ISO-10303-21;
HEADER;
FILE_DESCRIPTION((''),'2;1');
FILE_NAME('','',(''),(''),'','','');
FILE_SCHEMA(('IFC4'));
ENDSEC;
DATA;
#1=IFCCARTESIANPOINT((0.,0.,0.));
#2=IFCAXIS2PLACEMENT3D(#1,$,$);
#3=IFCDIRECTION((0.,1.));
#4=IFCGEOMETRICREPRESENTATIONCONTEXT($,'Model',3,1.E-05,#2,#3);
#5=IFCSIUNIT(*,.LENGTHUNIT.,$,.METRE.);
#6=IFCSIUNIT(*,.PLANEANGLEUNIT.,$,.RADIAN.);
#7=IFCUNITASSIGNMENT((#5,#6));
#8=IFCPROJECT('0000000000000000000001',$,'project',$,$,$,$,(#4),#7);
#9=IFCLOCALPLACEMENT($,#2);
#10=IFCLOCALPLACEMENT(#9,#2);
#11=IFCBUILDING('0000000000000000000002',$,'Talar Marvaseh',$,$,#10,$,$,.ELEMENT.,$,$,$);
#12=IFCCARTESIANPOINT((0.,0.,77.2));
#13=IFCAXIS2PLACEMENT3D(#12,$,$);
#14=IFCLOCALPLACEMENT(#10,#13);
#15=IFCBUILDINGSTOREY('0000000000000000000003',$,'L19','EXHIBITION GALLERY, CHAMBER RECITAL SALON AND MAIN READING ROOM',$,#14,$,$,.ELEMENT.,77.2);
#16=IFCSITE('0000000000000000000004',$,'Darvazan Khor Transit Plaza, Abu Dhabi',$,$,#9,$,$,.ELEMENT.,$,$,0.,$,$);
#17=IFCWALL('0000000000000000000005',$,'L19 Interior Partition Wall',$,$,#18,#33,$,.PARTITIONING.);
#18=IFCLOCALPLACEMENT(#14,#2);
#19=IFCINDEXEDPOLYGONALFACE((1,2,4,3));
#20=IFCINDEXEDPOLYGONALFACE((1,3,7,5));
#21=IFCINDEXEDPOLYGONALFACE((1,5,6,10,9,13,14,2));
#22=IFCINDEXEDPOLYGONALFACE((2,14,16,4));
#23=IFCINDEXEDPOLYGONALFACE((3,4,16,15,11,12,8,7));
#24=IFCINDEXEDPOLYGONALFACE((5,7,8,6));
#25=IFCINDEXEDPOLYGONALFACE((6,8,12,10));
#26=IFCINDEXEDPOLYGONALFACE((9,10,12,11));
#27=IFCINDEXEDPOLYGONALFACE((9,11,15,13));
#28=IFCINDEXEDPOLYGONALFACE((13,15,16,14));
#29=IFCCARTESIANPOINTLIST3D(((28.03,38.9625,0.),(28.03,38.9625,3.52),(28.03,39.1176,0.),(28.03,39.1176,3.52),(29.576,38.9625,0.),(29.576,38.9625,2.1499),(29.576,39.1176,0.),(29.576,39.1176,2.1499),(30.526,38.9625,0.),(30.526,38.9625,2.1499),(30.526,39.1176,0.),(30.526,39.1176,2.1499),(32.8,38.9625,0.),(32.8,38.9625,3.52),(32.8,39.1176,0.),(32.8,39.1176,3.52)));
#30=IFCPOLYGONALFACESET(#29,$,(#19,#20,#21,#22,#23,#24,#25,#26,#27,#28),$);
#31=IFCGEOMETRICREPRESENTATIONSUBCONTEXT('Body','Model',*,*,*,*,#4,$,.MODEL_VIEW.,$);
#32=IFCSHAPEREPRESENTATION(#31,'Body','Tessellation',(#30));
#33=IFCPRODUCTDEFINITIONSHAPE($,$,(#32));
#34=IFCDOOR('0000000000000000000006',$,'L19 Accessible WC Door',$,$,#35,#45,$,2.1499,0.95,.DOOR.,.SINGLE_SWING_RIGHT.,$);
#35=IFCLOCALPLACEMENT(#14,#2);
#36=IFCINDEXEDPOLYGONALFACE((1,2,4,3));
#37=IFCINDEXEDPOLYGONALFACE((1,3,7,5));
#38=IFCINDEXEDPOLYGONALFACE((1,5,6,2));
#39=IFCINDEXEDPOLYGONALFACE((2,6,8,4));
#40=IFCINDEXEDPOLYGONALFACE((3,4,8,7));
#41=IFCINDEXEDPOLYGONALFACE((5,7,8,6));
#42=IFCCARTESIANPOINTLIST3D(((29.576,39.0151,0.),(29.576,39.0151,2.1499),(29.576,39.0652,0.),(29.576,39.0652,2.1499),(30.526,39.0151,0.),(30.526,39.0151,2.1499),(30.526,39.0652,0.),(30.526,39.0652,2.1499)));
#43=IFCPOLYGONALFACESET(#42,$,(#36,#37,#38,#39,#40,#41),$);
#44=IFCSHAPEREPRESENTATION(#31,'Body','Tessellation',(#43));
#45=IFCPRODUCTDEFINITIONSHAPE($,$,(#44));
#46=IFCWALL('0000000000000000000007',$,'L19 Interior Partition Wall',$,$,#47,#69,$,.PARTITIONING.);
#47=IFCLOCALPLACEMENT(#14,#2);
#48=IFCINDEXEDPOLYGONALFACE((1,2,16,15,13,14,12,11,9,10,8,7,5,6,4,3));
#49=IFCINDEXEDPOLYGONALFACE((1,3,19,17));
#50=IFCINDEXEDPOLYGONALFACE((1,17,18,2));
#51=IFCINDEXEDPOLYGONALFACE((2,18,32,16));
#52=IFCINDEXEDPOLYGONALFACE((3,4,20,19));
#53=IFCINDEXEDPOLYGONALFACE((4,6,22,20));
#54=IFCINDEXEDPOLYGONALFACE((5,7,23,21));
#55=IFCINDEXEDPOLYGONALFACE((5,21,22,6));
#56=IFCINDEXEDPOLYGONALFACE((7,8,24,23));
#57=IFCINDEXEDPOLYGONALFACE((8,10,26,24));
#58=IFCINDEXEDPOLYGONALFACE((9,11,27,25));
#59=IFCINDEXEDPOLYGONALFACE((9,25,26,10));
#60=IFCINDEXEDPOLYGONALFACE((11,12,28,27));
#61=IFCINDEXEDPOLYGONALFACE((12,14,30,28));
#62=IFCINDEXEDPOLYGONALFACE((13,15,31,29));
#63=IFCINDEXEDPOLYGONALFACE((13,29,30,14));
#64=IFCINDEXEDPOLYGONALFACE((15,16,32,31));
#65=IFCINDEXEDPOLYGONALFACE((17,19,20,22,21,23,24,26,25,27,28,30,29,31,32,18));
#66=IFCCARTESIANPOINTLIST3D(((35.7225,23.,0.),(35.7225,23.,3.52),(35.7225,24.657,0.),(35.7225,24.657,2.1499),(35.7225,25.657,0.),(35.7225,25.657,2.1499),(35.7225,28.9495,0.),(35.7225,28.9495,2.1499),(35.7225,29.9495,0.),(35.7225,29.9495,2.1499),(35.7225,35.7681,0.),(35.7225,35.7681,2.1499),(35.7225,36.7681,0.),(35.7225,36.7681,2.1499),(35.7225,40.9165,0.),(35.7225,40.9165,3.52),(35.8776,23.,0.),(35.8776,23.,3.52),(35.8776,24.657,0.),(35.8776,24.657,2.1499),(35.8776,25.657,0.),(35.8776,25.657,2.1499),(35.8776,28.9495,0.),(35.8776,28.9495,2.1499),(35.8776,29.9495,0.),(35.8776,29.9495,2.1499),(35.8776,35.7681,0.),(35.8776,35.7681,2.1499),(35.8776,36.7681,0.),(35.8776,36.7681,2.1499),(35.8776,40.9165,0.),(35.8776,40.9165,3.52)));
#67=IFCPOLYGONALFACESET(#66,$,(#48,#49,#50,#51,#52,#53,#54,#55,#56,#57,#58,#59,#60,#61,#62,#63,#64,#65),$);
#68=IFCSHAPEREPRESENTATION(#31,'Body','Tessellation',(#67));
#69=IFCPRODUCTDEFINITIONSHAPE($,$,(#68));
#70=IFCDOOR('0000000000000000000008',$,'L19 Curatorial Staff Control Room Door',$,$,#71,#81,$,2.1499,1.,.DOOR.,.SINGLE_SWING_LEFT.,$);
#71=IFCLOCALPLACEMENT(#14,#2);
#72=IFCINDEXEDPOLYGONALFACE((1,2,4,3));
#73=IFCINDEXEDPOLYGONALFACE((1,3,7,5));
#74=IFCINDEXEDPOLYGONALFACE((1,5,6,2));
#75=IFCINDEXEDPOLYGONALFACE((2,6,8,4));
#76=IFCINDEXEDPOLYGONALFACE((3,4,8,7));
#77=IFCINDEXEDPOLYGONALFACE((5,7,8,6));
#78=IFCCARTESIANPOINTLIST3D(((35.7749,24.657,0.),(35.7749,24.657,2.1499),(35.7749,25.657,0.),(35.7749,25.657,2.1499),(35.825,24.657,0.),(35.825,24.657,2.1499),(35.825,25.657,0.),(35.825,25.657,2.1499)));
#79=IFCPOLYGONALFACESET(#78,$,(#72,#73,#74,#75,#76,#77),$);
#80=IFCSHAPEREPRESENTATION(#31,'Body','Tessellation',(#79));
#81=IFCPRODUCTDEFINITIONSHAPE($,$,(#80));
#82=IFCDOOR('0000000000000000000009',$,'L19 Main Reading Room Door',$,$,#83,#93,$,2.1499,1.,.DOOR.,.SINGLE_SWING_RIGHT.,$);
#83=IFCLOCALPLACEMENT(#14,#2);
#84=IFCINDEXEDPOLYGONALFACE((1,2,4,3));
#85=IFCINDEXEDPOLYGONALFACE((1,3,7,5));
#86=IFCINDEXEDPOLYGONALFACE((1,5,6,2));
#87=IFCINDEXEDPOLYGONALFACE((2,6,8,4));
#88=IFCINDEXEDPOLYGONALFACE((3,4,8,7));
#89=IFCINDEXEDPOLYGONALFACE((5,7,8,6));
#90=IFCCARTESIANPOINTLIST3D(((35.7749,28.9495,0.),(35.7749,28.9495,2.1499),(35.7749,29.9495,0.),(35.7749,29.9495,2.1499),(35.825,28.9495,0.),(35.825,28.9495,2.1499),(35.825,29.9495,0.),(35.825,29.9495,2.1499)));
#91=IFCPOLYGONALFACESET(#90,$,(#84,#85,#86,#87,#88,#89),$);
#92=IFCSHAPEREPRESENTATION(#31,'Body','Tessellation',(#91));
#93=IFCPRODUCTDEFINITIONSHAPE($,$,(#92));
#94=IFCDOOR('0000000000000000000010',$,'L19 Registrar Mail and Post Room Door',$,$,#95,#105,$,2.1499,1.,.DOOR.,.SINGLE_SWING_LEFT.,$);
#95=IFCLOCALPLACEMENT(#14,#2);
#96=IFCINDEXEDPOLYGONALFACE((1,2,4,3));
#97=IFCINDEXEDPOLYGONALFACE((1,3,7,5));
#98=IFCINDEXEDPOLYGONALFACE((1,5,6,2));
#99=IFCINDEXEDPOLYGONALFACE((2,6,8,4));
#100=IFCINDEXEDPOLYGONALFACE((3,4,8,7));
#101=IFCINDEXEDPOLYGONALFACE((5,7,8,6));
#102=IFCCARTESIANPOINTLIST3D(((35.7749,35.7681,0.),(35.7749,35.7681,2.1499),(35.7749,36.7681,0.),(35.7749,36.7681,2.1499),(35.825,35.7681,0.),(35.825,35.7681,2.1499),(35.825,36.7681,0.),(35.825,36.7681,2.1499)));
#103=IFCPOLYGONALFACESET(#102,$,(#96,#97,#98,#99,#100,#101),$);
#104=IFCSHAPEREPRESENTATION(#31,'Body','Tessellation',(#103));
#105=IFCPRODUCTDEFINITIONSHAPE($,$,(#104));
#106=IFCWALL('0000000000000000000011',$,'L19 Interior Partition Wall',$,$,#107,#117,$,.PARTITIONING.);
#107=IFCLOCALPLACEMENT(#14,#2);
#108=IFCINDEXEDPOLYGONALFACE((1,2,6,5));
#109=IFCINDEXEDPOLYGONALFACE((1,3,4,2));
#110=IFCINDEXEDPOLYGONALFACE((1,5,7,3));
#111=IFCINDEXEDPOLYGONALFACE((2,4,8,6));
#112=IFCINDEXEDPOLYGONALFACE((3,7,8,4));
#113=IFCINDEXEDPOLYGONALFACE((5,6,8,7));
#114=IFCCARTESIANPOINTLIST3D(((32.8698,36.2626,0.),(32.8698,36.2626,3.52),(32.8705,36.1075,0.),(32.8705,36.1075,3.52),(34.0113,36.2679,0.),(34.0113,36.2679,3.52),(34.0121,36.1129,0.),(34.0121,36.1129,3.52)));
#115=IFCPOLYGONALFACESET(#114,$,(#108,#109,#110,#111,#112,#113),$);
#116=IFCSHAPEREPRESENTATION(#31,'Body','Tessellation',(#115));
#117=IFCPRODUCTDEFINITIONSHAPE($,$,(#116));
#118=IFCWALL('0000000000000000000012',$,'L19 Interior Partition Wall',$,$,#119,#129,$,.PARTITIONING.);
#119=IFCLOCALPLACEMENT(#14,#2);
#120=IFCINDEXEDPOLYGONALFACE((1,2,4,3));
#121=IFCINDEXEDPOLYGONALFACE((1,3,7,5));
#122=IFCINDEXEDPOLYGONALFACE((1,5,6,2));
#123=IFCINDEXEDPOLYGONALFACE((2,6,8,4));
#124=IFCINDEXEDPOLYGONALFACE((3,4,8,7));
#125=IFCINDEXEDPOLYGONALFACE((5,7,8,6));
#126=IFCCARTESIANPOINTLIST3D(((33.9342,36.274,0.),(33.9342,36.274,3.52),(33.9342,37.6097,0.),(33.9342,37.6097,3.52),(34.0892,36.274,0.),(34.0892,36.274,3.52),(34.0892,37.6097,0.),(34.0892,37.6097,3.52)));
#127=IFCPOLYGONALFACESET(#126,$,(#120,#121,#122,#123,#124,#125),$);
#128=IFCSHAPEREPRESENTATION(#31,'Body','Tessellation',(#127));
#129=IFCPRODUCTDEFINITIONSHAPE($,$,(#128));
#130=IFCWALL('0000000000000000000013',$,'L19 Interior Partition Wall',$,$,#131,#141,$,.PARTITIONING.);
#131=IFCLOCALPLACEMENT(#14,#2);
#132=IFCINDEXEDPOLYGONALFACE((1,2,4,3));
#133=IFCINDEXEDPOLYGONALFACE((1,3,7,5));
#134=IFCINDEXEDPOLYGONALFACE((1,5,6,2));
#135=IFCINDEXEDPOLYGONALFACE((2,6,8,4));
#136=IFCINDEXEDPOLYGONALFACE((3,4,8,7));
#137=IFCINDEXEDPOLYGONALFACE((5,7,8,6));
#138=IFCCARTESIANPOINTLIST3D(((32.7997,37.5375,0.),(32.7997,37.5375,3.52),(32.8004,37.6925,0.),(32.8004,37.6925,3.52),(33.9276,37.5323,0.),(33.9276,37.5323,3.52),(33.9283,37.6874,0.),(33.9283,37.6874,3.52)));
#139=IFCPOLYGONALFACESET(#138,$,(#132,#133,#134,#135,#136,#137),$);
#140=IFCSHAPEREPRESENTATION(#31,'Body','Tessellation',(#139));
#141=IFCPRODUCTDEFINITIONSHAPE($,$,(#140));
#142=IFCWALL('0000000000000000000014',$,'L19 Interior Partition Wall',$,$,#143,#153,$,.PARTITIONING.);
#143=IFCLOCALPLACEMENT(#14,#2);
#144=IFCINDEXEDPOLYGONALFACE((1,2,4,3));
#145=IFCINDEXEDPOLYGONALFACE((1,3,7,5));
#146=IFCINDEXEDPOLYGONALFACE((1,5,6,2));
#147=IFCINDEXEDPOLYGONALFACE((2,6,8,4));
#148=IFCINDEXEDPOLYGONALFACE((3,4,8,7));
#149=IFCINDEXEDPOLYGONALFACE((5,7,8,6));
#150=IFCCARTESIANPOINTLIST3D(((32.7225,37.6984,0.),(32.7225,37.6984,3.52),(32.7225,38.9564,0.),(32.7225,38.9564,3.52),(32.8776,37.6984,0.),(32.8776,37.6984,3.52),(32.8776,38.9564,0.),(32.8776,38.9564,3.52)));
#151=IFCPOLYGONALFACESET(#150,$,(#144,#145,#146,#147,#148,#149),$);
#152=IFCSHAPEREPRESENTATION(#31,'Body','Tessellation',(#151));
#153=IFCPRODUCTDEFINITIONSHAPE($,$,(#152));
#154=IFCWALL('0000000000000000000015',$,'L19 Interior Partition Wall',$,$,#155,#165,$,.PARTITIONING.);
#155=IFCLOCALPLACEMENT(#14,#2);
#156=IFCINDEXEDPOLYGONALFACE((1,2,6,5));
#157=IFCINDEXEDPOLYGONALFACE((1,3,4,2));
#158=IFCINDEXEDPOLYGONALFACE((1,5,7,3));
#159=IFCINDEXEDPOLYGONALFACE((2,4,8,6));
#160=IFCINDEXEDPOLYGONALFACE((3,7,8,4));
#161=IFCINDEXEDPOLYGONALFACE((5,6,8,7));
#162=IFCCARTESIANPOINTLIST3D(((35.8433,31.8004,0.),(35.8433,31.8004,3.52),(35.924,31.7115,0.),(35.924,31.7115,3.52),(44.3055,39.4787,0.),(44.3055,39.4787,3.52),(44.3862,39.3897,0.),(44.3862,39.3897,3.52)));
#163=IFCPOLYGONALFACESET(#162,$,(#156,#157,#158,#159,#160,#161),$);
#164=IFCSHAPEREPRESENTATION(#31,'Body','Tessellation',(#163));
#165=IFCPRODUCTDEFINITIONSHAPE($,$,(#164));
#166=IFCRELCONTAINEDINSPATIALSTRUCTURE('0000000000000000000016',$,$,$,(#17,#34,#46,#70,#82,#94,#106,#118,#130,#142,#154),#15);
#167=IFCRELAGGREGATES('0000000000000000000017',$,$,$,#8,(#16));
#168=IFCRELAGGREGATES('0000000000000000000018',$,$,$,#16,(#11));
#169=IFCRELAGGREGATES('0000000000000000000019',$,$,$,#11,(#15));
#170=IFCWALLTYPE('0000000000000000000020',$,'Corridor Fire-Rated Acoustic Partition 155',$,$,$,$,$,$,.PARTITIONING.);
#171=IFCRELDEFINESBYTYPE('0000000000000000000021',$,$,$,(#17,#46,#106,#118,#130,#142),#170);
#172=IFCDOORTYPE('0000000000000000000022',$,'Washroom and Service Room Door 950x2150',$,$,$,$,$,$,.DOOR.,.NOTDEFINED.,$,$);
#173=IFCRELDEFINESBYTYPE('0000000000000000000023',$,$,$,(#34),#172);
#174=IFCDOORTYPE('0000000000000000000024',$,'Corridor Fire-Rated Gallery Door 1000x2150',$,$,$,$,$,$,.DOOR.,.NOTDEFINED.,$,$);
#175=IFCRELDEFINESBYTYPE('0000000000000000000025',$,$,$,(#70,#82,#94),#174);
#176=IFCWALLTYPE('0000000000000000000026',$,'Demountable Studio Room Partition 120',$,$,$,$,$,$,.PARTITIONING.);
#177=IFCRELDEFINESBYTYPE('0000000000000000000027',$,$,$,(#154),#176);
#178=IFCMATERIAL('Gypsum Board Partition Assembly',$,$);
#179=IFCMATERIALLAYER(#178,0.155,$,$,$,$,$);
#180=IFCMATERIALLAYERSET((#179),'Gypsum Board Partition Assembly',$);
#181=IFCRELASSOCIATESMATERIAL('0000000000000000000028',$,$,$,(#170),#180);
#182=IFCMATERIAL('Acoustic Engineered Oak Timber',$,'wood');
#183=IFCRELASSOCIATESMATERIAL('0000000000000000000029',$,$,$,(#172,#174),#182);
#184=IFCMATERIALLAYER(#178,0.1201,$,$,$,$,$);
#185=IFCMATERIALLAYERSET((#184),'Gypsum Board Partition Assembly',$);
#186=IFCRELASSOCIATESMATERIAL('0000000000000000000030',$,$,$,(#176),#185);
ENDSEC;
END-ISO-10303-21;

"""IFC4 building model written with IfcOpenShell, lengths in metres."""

from ifc_helpers import new_model, si_unit, direction, frame, frame_2d, origin, place, context, subcontext, project, spatial, rectangle, extrude, source, transform, mapped, material, layer, layer_set, type_object, type_shapes, element, fill, save


model = new_model("IFC4")

# Units and contexts
model_context = context("Model", 3, precision=1e-05, world=origin(), true_north=direction((0.0, 1.0)))
body_context = subcontext(model_context, "Body", "Model", "MODEL_VIEW")
ifc_project = project(units=[si_unit("LENGTHUNIT", "METRE"), si_unit("PLANEANGLEUNIT", "RADIAN")], contexts=[model_context])

# Site, building, storey
site_placement = place(None, origin())
site = spatial("IfcSite", under=ifc_project, at=site_placement, Name="Darvazan Khor Transit Plaza, Abu Dhabi", CompositionType="ELEMENT", RefElevation=0.0)
building_placement = place(site_placement, origin())
building = spatial("IfcBuilding", under=site, at=building_placement, Name="Talar Marvaseh", CompositionType="ELEMENT")
storey_placement = place(building_placement, frame((0.0, 0.0, 77.2)))
storey = spatial("IfcBuildingStorey", under=building, at=storey_placement, Name="L19", Description="EXHIBITION GALLERY, CHAMBER RECITAL SALON AND MAIN READING ROOM", CompositionType="ELEMENT", Elevation=77.2)

# Wall, opening, door
ifc_material_1 = material(Name="Gypsum Board Partition Assembly")
ifc_layer_1 = layer(ifc_material_1, 0.155)
ifc_layer_set_1 = layer_set([ifc_layer_1], Name="Gypsum Board Partition Assembly")
wall_type_1 = type_object("IfcWallType", Name="Corridor Fire-Rated Acoustic Partition 155", PredefinedType="PARTITIONING", material=ifc_layer_set_1)
wall_1_placement = place(storey_placement, frame((32.8, 39.04, 0.0), z_axis=(0.0, 0.0, 1.0), x_axis=(-1.0, 0.0, 0.0)))
wall_1 = element("IfcWall", 1, at=wall_1_placement, inside=storey, type_object=wall_type_1, Name="L19 Interior Partition Wall", PredefinedType="PARTITIONING", context=body_context, shape_type="SweptSolid", body=[
    extrude(rectangle(XDim=4.77, YDim=0.155, at=frame_2d((2.385, 0.0))), origin(), (0.0, 0.0, 1.0), 3.52),
])
opening_1_placement = place(wall_1_placement, frame((2.2739, 0.0, 0.0)))
opening_1 = element("IfcOpeningElement", 2, at=opening_1_placement, cuts=wall_1, PredefinedType="OPENING", context=body_context, shape_type="SweptSolid", body=[
    extrude(rectangle(XDim=0.95, YDim=2.1499, at=frame_2d((0.4751, 1.075))), frame((0.0, 0.0874, 0.0), z_axis=(0.0, -1.0, 0.0), x_axis=(1.0, 0.0, 0.0)), (0.0, 0.0, 1.0), 0.175),
])
ifc_material_2 = material(Name="Acoustic Engineered Oak Timber", Category="wood")
door_type_1 = type_object("IfcDoorType", Name="Washroom and Service Room Door 950x2150", OperationType="NOTDEFINED", PredefinedType="DOOR", material=ifc_material_2)
shared_shape_1 = source(origin(), body_context, "Body", "SweptSolid", [
    extrude(rectangle(XDim=0.95, YDim=2.1499, at=frame_2d((0.4751, 1.075))), frame((0.0, 0.0249, 0.0), z_axis=(0.0, -1.0, 0.0), x_axis=(1.0, 0.0, 0.0)), (0.0, 0.0, 1.0), 0.05),
])
type_shapes(door_type_1, [shared_shape_1])
door_1_placement = place(opening_1_placement, origin())
door_1 = element("IfcDoor", 3, at=door_1_placement, inside=storey, type_object=door_type_1, Name="L19 Accessible WC Door", OperationType="SINGLE_SWING_RIGHT", OverallHeight=2.1499, OverallWidth=0.95, PredefinedType="DOOR", context=body_context, shape_type="MappedRepresentation", body=[
    mapped(shared_shape_1, transform((0.0, 0.0, 0.0), x_axis=(1.0, 0.0, 0.0), y_axis=(0.0, 1.0, 0.0), z_axis=(0.0, 0.0, 1.0), scale=1.0)),
])
fill(opening_1, door_1)

# Wall, openings, doors
wall_2_placement = place(storey_placement, frame((35.8, 40.9165, 0.0), z_axis=(0.0, 0.0, 1.0), x_axis=(0.0, -1.0, 0.0)))
wall_2 = element("IfcWall", 4, at=wall_2_placement, inside=storey, type_object=wall_type_1, Name="L19 Interior Partition Wall", PredefinedType="PARTITIONING", context=body_context, shape_type="SweptSolid", body=[
    extrude(rectangle(XDim=17.9165, YDim=0.155, at=frame_2d((8.9583, 0.0))), origin(), (0.0, 0.0, 1.0), 3.52),
])
opening_2_placement = place(wall_2_placement, frame((15.2595, 0.0, 0.0)))
opening_2 = element("IfcOpeningElement", 5, at=opening_2_placement, cuts=wall_2, PredefinedType="OPENING", context=body_context, shape_type="SweptSolid", body=[
    extrude(rectangle(XDim=1.0, YDim=2.1499, at=frame_2d((0.5, 1.075))), frame((0.0, 0.0874, 0.0), z_axis=(0.0, -1.0, 0.0), x_axis=(1.0, 0.0, 0.0)), (0.0, 0.0, 1.0), 0.175),
])
opening_3_placement = place(wall_2_placement, frame((10.967, 0.0, 0.0)))
opening_3 = element("IfcOpeningElement", 6, at=opening_3_placement, cuts=wall_2, PredefinedType="OPENING", context=body_context, shape_type="SweptSolid", body=[
    extrude(rectangle(XDim=1.0, YDim=2.1499, at=frame_2d((0.5, 1.075))), frame((0.0, 0.0874, 0.0), z_axis=(0.0, -1.0, 0.0), x_axis=(1.0, 0.0, 0.0)), (0.0, 0.0, 1.0), 0.175),
])
opening_4_placement = place(wall_2_placement, frame((4.1484, 0.0, 0.0)))
opening_4 = element("IfcOpeningElement", 7, at=opening_4_placement, cuts=wall_2, PredefinedType="OPENING", context=body_context, shape_type="SweptSolid", body=[
    extrude(rectangle(XDim=1.0, YDim=2.1499, at=frame_2d((0.5, 1.075))), frame((0.0, 0.0874, 0.0), z_axis=(0.0, -1.0, 0.0), x_axis=(1.0, 0.0, 0.0)), (0.0, 0.0, 1.0), 0.175),
])
door_type_2 = type_object("IfcDoorType", Name="Corridor Fire-Rated Gallery Door 1000x2150", OperationType="NOTDEFINED", PredefinedType="DOOR", material=ifc_material_2)
shared_shape_2 = source(origin(), body_context, "Body", "SweptSolid", [
    extrude(rectangle(XDim=1.0, YDim=2.1499, at=frame_2d((0.5, 1.075))), frame((0.0, 0.0249, 0.0), z_axis=(0.0, -1.0, 0.0), x_axis=(1.0, 0.0, 0.0)), (0.0, 0.0, 1.0), 0.05),
])
type_shapes(door_type_2, [shared_shape_2])
door_2_placement = place(opening_2_placement, origin())
door_2 = element("IfcDoor", 8, at=door_2_placement, inside=storey, type_object=door_type_2, Name="L19 Curatorial Staff Control Room Door", OperationType="SINGLE_SWING_LEFT", OverallHeight=2.1499, OverallWidth=1.0, PredefinedType="DOOR", context=body_context, shape_type="MappedRepresentation", body=[
    mapped(shared_shape_2, transform((0.0, 0.0, 0.0), x_axis=(1.0, 0.0, 0.0), y_axis=(0.0, 1.0, 0.0), z_axis=(0.0, 0.0, 1.0), scale=1.0)),
])
fill(opening_2, door_2)
door_3_placement = place(opening_3_placement, origin())
door_3 = element("IfcDoor", 9, at=door_3_placement, inside=storey, type_object=door_type_2, Name="L19 Main Reading Room Door", OperationType="SINGLE_SWING_RIGHT", OverallHeight=2.1499, OverallWidth=1.0, PredefinedType="DOOR", context=body_context, shape_type="MappedRepresentation", body=[
    mapped(shared_shape_2, transform((0.0, 0.0, 0.0), x_axis=(1.0, 0.0, 0.0), y_axis=(0.0, 1.0, 0.0), z_axis=(0.0, 0.0, 1.0), scale=1.0)),
])
fill(opening_3, door_3)
door_4_placement = place(opening_4_placement, origin())
door_4 = element("IfcDoor", 10, at=door_4_placement, inside=storey, type_object=door_type_2, Name="L19 Registrar Mail and Post Room Door", OperationType="SINGLE_SWING_LEFT", OverallHeight=2.1499, OverallWidth=1.0, PredefinedType="DOOR", context=body_context, shape_type="MappedRepresentation", body=[
    mapped(shared_shape_2, transform((0.0, 0.0, 0.0), x_axis=(1.0, 0.0, 0.0), y_axis=(0.0, 1.0, 0.0), z_axis=(0.0, 0.0, 1.0), scale=1.0)),
])
fill(opening_4, door_4)

# Walls
wall_3_placement = place(storey_placement, frame((32.8701, 36.1851, 0.0), z_axis=(0.0, 0.0, 1.0), x_axis=(0.999989, 0.004705, 0.0)))
element("IfcWall", 11, at=wall_3_placement, inside=storey, type_object=wall_type_1, Name="L19 Interior Partition Wall", PredefinedType="PARTITIONING", context=body_context, shape_type="SweptSolid", body=[
    extrude(rectangle(XDim=1.1416, YDim=0.155, at=frame_2d((0.5708, 0.0))), origin(), (0.0, 0.0, 1.0), 3.52),
])
wall_4_placement = place(storey_placement, frame((34.0117, 36.2739, 0.0), z_axis=(0.0, 0.0, 1.0), x_axis=(0.0, 1.0, 0.0)))
element("IfcWall", 12, at=wall_4_placement, inside=storey, type_object=wall_type_1, Name="L19 Interior Partition Wall", PredefinedType="PARTITIONING", context=body_context, shape_type="SweptSolid", body=[
    extrude(rectangle(XDim=1.3357, YDim=0.155, at=frame_2d((0.668, 0.0))), origin(), (0.0, 0.0, 1.0), 3.52),
])
wall_5_placement = place(storey_placement, frame((33.928, 37.6099, 0.0), z_axis=(0.0, 0.0, 1.0), x_axis=(-0.99999, 0.004545, 0.0)))
element("IfcWall", 13, at=wall_5_placement, inside=storey, type_object=wall_type_1, Name="L19 Interior Partition Wall", PredefinedType="PARTITIONING", context=body_context, shape_type="SweptSolid", body=[
    extrude(rectangle(XDim=1.1279, YDim=0.155, at=frame_2d((0.564, 0.0))), origin(), (0.0, 0.0, 1.0), 3.52),
])
wall_6_placement = place(storey_placement, frame((32.8, 37.6985, 0.0), z_axis=(0.0, 0.0, 1.0), x_axis=(0.0, 1.0, 0.0)))
element("IfcWall", 14, at=wall_6_placement, inside=storey, type_object=wall_type_1, Name="L19 Interior Partition Wall", PredefinedType="PARTITIONING", context=body_context, shape_type="SweptSolid", body=[
    extrude(rectangle(XDim=1.2581, YDim=0.155, at=frame_2d((0.6289, 0.0))), origin(), (0.0, 0.0, 1.0), 3.52),
])
ifc_layer_2 = layer(ifc_material_1, 0.1201)
ifc_layer_set_2 = layer_set([ifc_layer_2], Name="Gypsum Board Partition Assembly")
wall_type_2 = type_object("IfcWallType", Name="Demountable Studio Room Partition 120", PredefinedType="PARTITIONING", material=ifc_layer_set_2)
wall_7_placement = place(storey_placement, frame((35.8835, 31.7559, 0.0), z_axis=(0.0, 0.0, 1.0), x_axis=(0.740578, 0.671971, 0.0)))
element("IfcWall", 15, at=wall_7_placement, inside=storey, type_object=wall_type_2, Name="L19 Interior Partition Wall", PredefinedType="PARTITIONING", context=body_context, shape_type="SweptSolid", body=[
    extrude(rectangle(XDim=11.4265, YDim=0.1201, at=frame_2d((5.7134, 0.0))), origin(), (0.0, 0.0, 1.0), 3.52),
])

save(model, "model.ifc")
